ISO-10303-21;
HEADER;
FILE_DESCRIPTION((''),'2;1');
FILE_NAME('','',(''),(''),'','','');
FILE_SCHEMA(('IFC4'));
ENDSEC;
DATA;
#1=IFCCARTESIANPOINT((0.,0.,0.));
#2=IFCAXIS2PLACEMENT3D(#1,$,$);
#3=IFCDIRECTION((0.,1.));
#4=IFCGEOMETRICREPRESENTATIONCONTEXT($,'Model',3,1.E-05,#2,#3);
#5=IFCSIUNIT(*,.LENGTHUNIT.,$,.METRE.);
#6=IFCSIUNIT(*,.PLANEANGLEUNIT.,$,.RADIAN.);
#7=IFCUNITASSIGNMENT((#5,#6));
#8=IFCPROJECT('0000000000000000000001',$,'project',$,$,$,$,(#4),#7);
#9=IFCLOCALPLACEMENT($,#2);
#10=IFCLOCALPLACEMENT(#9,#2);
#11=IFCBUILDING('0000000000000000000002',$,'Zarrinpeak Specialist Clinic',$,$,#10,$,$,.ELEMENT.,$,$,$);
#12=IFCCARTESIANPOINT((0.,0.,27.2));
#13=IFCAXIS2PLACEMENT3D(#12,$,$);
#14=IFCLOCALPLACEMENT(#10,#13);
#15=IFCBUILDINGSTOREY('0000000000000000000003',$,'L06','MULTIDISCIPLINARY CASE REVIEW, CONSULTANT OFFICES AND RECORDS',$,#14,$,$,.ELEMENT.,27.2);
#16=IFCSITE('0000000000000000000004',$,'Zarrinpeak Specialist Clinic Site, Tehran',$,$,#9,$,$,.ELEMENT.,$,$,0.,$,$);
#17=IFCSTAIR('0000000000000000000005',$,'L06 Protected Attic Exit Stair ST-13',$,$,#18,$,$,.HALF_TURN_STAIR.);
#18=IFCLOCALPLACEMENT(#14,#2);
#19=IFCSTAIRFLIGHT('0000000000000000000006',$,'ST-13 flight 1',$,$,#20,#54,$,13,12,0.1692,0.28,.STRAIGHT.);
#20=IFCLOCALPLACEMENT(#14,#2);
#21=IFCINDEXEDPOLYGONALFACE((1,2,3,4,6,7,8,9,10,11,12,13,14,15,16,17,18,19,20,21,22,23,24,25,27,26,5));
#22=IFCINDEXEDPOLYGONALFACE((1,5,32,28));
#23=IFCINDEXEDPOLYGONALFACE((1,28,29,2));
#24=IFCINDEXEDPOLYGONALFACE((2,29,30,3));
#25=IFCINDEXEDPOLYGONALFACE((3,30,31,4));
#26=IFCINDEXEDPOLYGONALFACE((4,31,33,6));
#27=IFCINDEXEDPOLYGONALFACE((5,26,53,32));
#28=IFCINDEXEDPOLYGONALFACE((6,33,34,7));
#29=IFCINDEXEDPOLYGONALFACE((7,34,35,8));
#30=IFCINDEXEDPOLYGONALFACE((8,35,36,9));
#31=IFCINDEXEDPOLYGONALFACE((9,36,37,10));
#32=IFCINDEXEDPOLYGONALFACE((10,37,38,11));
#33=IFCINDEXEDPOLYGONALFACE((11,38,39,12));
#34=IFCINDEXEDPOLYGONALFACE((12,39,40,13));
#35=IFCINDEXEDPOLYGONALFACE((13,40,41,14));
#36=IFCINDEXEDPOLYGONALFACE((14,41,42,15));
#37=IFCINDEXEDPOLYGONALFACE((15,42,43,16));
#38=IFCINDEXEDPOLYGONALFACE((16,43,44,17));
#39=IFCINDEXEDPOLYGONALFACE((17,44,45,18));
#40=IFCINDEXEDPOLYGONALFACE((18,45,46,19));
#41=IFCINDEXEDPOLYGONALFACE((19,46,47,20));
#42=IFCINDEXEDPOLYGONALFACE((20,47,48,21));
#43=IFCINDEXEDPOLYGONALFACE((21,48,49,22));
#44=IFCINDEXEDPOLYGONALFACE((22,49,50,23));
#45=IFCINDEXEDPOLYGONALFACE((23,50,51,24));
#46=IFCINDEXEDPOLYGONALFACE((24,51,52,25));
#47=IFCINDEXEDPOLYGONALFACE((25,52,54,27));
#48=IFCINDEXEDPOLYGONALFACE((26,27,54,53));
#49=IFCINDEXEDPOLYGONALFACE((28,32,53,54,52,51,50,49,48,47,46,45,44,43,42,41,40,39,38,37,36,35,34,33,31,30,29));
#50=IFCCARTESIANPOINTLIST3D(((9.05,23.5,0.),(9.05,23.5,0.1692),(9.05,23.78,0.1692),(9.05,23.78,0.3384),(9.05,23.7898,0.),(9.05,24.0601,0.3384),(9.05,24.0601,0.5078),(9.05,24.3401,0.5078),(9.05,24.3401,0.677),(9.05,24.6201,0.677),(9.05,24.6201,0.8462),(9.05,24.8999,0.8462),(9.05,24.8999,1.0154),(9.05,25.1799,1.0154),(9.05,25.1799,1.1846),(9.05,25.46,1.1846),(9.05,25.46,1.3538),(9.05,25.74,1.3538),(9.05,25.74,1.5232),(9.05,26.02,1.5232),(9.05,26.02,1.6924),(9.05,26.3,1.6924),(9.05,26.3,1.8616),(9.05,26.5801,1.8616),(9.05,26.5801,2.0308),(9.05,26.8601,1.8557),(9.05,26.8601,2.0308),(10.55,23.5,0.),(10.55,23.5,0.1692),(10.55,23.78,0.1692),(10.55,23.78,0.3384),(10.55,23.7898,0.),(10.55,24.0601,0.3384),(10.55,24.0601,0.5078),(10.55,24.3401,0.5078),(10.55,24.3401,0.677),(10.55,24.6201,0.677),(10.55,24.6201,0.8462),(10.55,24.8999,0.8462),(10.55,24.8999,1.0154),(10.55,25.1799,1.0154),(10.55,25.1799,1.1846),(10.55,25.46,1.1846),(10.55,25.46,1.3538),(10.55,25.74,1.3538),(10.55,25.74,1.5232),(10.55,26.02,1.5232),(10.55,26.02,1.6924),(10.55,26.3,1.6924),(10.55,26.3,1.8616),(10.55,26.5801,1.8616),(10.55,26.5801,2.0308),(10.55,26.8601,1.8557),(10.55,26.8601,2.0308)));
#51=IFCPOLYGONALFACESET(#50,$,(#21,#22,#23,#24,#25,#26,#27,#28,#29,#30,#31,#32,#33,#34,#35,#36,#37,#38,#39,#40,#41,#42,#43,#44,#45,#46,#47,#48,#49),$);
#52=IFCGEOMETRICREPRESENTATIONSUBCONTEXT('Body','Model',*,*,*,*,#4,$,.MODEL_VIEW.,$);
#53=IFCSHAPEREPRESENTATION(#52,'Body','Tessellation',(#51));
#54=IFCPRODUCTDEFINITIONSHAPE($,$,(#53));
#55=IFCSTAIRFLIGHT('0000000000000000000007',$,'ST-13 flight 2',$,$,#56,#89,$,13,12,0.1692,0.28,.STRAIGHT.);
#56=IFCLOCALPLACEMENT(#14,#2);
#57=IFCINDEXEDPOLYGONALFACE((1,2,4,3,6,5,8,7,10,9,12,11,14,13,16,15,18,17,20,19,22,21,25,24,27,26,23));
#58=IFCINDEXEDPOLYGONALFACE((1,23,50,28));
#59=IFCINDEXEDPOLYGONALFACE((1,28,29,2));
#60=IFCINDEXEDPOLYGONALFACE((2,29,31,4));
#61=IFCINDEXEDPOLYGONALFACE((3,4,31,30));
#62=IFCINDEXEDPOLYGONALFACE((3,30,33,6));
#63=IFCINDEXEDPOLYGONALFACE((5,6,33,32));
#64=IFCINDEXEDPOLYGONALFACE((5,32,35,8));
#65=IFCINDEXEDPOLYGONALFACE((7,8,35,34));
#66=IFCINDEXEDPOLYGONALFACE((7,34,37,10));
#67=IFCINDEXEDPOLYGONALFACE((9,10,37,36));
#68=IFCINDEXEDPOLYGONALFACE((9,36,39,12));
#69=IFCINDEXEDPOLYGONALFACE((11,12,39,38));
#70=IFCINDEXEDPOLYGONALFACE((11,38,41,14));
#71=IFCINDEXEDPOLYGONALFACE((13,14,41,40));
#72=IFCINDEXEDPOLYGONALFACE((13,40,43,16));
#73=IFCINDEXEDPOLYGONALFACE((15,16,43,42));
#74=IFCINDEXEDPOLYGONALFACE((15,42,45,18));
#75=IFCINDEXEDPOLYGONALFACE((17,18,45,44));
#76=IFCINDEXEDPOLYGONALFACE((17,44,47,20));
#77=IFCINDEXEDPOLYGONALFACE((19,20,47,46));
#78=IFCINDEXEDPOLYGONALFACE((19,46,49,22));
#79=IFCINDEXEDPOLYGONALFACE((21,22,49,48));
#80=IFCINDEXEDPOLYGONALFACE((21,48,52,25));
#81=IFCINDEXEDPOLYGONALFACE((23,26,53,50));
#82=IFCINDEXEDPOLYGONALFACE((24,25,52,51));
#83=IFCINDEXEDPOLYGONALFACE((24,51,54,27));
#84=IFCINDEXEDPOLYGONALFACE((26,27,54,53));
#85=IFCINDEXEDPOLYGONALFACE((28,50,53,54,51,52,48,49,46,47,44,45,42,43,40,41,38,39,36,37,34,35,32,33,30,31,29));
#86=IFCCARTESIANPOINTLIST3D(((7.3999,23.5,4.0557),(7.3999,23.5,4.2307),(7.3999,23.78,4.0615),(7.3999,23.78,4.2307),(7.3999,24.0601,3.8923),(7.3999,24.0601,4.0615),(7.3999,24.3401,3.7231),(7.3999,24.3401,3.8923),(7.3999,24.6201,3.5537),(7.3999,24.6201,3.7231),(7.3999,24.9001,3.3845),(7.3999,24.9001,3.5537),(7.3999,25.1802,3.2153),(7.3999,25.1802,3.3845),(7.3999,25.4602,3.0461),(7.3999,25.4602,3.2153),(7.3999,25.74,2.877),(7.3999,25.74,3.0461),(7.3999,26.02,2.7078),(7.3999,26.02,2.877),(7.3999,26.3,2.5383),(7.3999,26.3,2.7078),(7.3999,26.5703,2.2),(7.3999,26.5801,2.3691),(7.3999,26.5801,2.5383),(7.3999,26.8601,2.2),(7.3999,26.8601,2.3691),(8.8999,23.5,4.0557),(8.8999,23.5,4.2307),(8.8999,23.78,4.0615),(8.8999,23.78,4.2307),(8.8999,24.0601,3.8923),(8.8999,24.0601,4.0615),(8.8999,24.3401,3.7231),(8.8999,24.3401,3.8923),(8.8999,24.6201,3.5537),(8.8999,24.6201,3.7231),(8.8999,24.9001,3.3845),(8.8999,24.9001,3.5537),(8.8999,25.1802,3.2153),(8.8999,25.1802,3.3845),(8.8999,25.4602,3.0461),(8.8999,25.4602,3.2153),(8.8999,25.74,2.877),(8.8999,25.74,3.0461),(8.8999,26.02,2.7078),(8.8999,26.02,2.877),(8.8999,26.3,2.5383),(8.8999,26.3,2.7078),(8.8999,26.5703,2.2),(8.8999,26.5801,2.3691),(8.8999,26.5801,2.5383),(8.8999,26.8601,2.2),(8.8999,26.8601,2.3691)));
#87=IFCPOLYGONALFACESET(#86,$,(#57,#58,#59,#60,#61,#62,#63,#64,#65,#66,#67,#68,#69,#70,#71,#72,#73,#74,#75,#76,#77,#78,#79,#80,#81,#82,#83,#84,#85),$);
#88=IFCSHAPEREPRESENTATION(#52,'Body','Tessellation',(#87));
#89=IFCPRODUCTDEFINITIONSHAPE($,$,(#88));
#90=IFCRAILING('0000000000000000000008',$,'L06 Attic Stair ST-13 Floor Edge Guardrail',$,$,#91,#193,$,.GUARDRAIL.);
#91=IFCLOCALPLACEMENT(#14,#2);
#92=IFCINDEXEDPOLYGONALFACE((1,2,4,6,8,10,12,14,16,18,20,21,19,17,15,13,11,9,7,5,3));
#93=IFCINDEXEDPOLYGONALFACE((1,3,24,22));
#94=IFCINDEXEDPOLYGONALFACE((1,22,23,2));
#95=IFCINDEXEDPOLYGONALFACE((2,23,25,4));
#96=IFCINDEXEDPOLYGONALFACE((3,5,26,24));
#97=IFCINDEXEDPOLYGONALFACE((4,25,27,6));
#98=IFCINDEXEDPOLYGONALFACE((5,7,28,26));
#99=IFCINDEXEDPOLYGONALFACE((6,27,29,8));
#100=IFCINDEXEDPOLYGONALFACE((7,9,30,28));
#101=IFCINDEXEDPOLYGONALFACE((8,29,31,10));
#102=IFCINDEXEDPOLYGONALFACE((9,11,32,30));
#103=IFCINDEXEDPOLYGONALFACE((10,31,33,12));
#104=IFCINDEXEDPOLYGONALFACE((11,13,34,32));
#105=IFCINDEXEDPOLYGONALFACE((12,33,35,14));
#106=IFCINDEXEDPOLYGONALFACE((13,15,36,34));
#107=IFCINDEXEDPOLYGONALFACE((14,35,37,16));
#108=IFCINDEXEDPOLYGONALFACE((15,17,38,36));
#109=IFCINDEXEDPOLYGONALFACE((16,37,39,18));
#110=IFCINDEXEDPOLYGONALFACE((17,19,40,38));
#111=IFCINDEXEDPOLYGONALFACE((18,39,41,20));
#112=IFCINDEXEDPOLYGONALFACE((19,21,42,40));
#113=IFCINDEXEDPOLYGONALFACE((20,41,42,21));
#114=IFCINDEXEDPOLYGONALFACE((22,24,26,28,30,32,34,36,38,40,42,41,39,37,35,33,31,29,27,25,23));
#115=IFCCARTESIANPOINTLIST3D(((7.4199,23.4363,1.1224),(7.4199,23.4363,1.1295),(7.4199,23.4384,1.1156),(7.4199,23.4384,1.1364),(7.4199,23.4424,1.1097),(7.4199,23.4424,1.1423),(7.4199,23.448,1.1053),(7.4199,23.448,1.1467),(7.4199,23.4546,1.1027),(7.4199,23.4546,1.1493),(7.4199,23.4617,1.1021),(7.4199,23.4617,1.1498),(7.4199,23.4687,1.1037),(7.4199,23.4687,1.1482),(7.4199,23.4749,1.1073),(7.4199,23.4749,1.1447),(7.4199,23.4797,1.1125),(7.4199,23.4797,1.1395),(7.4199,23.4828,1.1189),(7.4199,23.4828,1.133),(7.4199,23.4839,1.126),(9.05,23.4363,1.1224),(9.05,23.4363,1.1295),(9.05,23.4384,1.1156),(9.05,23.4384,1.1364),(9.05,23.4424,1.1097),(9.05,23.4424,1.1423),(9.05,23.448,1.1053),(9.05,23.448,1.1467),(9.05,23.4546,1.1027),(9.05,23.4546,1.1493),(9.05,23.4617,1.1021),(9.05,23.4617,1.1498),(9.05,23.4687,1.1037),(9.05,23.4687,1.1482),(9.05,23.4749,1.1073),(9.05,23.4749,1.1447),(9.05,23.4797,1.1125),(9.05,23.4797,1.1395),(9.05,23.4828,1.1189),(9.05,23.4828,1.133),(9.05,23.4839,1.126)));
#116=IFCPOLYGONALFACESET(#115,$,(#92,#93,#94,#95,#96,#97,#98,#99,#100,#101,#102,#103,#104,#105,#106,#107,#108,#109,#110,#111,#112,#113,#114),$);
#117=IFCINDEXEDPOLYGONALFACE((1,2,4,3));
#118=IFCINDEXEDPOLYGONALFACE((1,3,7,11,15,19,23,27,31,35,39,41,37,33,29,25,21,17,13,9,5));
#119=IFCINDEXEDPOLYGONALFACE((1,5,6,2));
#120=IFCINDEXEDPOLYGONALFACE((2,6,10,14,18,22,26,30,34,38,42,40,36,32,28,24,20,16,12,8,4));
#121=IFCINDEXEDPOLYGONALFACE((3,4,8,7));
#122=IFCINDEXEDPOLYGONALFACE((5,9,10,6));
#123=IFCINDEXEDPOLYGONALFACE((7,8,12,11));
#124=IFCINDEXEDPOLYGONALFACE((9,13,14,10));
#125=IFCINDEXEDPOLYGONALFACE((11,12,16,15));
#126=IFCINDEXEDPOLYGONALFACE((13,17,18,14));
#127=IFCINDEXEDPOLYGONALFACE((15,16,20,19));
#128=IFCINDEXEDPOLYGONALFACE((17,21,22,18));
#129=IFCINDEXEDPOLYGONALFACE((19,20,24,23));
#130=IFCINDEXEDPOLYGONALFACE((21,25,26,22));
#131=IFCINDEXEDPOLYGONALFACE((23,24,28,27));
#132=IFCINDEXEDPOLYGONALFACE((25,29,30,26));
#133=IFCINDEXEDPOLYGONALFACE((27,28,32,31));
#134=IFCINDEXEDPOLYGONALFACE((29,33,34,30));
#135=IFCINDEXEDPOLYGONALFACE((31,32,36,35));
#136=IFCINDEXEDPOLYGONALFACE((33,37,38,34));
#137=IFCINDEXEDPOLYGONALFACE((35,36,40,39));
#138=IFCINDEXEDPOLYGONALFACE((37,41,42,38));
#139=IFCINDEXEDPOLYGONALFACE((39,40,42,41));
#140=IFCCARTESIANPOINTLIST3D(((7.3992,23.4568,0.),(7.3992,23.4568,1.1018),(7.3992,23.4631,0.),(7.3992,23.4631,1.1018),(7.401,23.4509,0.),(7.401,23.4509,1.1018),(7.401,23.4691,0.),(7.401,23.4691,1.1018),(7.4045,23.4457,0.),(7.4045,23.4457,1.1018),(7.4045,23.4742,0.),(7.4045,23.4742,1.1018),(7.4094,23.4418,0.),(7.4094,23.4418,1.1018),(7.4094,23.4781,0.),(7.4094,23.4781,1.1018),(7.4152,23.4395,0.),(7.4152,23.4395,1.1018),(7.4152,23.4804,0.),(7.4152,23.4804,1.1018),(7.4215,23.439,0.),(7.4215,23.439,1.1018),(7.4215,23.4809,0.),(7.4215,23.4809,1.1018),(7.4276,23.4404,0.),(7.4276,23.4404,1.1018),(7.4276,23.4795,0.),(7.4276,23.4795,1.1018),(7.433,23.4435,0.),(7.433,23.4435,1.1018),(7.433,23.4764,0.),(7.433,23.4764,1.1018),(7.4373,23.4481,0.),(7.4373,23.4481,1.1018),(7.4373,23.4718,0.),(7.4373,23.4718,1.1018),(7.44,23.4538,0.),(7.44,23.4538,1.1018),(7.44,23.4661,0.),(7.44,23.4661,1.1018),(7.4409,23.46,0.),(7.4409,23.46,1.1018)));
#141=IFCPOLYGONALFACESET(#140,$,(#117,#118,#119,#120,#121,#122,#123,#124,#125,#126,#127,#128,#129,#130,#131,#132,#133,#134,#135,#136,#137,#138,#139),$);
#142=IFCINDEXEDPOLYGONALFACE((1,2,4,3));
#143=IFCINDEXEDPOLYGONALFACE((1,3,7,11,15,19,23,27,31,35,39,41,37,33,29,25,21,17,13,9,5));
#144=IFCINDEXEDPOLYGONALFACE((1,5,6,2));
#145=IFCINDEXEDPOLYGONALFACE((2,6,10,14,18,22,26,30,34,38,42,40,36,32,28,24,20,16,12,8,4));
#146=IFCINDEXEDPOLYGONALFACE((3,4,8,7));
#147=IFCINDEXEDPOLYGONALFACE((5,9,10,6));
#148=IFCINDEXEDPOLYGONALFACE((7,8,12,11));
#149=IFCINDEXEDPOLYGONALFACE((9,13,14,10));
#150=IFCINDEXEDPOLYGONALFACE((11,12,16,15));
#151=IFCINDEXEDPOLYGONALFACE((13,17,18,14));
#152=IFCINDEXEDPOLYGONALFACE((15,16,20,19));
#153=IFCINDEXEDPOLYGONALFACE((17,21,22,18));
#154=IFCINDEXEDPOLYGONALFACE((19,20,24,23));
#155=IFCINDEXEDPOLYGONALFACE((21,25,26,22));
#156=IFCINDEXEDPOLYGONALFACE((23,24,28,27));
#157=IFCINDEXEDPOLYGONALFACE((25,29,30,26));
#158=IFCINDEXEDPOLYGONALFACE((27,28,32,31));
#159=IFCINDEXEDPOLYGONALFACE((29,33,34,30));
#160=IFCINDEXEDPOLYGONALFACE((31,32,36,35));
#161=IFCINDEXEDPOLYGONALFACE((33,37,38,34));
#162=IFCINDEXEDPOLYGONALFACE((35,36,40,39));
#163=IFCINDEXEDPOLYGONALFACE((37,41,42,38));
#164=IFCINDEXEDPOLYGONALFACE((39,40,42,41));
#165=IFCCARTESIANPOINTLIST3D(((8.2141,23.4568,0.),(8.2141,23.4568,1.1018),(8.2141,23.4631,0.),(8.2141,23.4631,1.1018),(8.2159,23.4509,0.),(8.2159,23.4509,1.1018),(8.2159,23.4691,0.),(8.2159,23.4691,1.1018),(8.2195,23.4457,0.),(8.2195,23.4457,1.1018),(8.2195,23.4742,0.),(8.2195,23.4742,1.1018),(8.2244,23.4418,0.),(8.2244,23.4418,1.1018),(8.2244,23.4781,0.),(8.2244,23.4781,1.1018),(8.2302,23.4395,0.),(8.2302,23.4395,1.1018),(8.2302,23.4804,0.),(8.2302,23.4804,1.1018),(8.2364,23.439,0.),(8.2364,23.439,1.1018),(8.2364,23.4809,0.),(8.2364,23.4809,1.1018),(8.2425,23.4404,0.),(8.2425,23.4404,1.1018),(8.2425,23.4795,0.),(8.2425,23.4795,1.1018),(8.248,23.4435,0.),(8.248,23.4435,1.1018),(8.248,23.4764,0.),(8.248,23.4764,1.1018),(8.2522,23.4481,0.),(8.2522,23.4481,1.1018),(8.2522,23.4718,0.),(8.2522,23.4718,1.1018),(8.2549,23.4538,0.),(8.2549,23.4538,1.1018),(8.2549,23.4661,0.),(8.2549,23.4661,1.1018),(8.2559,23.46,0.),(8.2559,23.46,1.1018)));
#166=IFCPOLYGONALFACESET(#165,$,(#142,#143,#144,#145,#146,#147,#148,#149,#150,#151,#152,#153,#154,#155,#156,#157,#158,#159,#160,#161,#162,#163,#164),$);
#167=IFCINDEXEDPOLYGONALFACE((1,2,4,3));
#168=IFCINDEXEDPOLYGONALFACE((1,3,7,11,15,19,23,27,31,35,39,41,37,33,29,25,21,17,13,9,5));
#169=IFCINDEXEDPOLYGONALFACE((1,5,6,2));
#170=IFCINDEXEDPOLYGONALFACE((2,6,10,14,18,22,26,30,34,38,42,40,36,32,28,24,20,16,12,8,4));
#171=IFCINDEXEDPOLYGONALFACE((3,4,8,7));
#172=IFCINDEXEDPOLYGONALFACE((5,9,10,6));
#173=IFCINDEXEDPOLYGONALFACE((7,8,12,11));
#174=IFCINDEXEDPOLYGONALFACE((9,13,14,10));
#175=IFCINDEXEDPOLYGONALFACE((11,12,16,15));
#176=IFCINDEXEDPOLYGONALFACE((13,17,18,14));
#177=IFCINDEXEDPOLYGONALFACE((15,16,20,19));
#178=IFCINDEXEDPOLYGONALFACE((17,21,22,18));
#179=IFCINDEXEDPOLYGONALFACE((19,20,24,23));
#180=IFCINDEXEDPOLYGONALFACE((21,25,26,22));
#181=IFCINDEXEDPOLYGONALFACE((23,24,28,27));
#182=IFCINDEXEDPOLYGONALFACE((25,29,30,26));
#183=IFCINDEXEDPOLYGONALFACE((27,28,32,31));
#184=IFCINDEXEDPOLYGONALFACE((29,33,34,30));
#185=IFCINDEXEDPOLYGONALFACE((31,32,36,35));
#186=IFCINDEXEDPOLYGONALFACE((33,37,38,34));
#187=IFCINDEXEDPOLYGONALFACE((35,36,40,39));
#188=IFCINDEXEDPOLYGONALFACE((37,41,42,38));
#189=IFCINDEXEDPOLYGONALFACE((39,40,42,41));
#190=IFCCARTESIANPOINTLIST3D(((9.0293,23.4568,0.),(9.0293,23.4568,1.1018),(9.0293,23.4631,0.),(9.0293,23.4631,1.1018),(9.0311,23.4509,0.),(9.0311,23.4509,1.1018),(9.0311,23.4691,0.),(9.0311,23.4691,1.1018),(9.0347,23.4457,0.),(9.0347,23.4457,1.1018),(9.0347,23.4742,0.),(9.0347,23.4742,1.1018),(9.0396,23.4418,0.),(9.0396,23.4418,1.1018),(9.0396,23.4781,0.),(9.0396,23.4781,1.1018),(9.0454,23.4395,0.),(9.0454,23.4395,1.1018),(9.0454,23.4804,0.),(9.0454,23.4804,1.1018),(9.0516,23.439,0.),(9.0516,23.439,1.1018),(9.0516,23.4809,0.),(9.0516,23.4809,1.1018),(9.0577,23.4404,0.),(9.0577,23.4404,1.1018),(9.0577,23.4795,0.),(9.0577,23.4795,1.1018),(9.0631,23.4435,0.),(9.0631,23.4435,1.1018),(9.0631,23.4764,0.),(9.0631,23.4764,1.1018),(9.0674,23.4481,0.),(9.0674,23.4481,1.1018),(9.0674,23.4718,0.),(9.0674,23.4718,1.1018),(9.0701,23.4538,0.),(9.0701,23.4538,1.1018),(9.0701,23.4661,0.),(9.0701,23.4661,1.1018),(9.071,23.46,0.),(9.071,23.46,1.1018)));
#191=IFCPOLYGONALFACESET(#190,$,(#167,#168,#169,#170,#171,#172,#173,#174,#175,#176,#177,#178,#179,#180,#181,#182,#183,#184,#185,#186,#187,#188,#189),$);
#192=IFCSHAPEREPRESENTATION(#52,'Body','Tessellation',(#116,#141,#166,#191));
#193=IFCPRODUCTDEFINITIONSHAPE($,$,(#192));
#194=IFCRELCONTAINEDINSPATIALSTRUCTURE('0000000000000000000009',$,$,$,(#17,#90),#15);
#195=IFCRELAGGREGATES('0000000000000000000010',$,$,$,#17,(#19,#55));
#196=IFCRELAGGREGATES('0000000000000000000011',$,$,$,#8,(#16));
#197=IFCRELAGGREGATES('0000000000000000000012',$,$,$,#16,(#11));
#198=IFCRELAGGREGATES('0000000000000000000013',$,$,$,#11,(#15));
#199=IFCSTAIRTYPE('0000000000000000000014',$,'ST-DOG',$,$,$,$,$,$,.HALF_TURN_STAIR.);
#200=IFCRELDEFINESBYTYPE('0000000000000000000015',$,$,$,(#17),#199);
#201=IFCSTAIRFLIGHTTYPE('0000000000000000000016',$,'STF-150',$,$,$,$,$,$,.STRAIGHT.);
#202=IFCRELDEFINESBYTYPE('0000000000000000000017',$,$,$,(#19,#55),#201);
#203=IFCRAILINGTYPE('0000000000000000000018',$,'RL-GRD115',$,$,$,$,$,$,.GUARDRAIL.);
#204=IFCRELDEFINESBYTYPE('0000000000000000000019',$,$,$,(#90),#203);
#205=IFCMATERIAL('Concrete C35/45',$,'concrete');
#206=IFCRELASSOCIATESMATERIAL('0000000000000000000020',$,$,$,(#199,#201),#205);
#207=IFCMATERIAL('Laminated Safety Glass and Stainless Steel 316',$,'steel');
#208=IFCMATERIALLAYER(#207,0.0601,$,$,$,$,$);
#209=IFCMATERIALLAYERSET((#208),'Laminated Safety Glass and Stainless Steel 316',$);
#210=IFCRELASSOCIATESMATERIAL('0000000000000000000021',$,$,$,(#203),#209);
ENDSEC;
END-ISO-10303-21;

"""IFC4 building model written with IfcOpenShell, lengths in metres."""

from ifc_helpers import new_model, si_unit, direction, frame, origin, origin_2d, place, context, subcontext, project, spatial, polyline, circle, outline, extrude, material, layer, layer_set, type_object, element, aggregate, save


model = new_model("IFC4")

# Units and contexts
model_context = context("Model", 3, precision=1e-05, world=origin(), true_north=direction((0.0, 1.0)))
body_context = subcontext(model_context, "Body", "Model", "MODEL_VIEW")
ifc_project = project(units=[si_unit("LENGTHUNIT", "METRE"), si_unit("PLANEANGLEUNIT", "RADIAN")], contexts=[model_context])

# Site, building, storey
site_placement = place(None, origin())
site = spatial("IfcSite", under=ifc_project, at=site_placement, Name="Zarrinpeak Specialist Clinic Site, Tehran", CompositionType="ELEMENT", RefElevation=0.0)
building_placement = place(site_placement, origin())
building = spatial("IfcBuilding", under=site, at=building_placement, Name="Zarrinpeak Specialist Clinic", CompositionType="ELEMENT")
storey_placement = place(building_placement, frame((0.0, 0.0, 27.2)))
storey = spatial("IfcBuildingStorey", under=building, at=storey_placement, Name="L06", Description="MULTIDISCIPLINARY CASE REVIEW, CONSULTANT OFFICES AND RECORDS", CompositionType="ELEMENT", Elevation=27.2)

# Stair, stair flights
ifc_material_1 = material(Name="Concrete C35/45", Category="concrete")
stair_type = type_object("IfcStairType", Name="ST-DOG", PredefinedType="HALF_TURN_STAIR", material=ifc_material_1)
stair_placement = place(storey_placement, origin())
stair = element("IfcStair", 1, at=stair_placement, inside=storey, type_object=stair_type, Name="L06 Protected Attic Exit Stair ST-13", PredefinedType="HALF_TURN_STAIR")
stair_flight_type = type_object("IfcStairFlightType", Name="STF-150", PredefinedType="STRAIGHT", material=ifc_material_1)
stair_flight_1_placement = place(storey_placement, frame((9.8, 23.5, 0.0), z_axis=(0.0, 0.0, 1.0), x_axis=(0.0, 1.0, 0.0)))
stair_flight_1 = element("IfcStairFlight", 2, at=stair_flight_1_placement, type_object=stair_flight_type, Name="ST-13 flight 1", NumberOfRisers=13, NumberOfTreads=12, PredefinedType="STRAIGHT", RiserHeight=0.1692, TreadLength=0.28, context=body_context, shape_type="SweptSolid", body=[
    extrude(outline(polyline([(0.0, 0.0), (0.0, 0.1692), (0.28, 0.1692), (0.28, 0.3384), (0.5601, 0.3384), (0.5601, 0.5078), (0.8401, 0.5078), (0.8401, 0.677), (1.1201, 0.677), (1.1201, 0.8462), (1.3999, 0.8462), (1.3999, 1.0154), (1.6799, 1.0154), (1.6799, 1.1846), (1.96, 1.1846), (1.96, 1.3538), (2.24, 1.3538), (2.24, 1.5232), (2.52, 1.5232), (2.52, 1.6924), (2.8, 1.6924), (2.8, 1.8616), (3.0801, 1.8616), (3.0801, 2.0308), (3.3601, 2.0308), (3.3601, 2.2), (3.3601, 1.8557), (0.2898, 0.0), (0.0, 0.0)])), frame((0.0, 0.75, 0.0), z_axis=(0.0, -1.0, 0.0), x_axis=(1.0, 0.0, 0.0)), (0.0, 0.0, 1.0), 1.5),
])
stair_flight_2_placement = place(storey_placement, frame((8.1499, 26.8601, 2.2), z_axis=(0.0, 0.0, 1.0), x_axis=(0.0, -1.0, 0.0)))
stair_flight_2 = element("IfcStairFlight", 3, at=stair_flight_2_placement, type_object=stair_flight_type, Name="ST-13 flight 2", NumberOfRisers=13, NumberOfTreads=12, PredefinedType="STRAIGHT", RiserHeight=0.1692, TreadLength=0.28, context=body_context, shape_type="SweptSolid", body=[
    extrude(outline(polyline([(0.0, 0.0), (0.0, 0.1692), (0.28, 0.1692), (0.28, 0.3384), (0.5601, 0.3384), (0.5601, 0.5078), (0.8401, 0.5078), (0.8401, 0.677), (1.1201, 0.677), (1.1201, 0.8462), (1.3999, 0.8462), (1.3999, 1.0154), (1.6799, 1.0154), (1.6799, 1.1846), (1.96, 1.1846), (1.96, 1.3538), (2.24, 1.3538), (2.24, 1.5232), (2.52, 1.5232), (2.52, 1.6924), (2.8, 1.6924), (2.8, 1.8616), (3.0801, 1.8616), (3.0801, 2.0308), (3.3601, 2.0308), (3.3601, 2.2), (3.3601, 1.8557), (0.2898, 0.0), (0.0, 0.0)])), frame((0.0, 0.75, 0.0), z_axis=(0.0, -1.0, 0.0), x_axis=(1.0, 0.0, 0.0)), (0.0, 0.0, 1.0), 1.5),
])
aggregate(stair, [stair_flight_1, stair_flight_2])

# Railing
ifc_material_2 = material(Name="Laminated Safety Glass and Stainless Steel 316", Category="steel")
ifc_layer_1 = layer(ifc_material_2, 0.0601)
ifc_layer_set_1 = layer_set([ifc_layer_1], Name="Laminated Safety Glass and Stainless Steel 316")
railing_type_1 = type_object("IfcRailingType", Name="RL-GRD115", PredefinedType="GUARDRAIL", material=ifc_layer_set_1)
railing_1_placement = place(storey_placement, frame((7.4199, 23.46, 0.0)))
element("IfcRailing", 4, at=railing_1_placement, inside=storey, type_object=railing_type_1, Name="L06 Attic Stair ST-13 Floor Edge Guardrail", PredefinedType="GUARDRAIL", context=body_context, shape_type="SweptSolid", body=[
    extrude(circle(Radius=0.0239, at=origin_2d()), frame((0.0, 0.0, 1.126), z_axis=(1.0, 0.0, 0.0), x_axis=(0.0, 1.0, 0.0)), (0.0, 0.0, 1.0), 1.6301),
    extrude(circle(Radius=0.021, at=origin_2d()), origin(), (0.0, 0.0, 1.0), 1.1018),
    extrude(circle(Radius=0.021, at=origin_2d()), frame((0.8149, 0.0, 0.0)), (0.0, 0.0, 1.0), 1.1018),
    extrude(circle(Radius=0.021, at=origin_2d()), frame((1.6301, 0.0, 0.0)), (0.0, 0.0, 1.0), 1.1018),
])

save(model, "model.ifc")
